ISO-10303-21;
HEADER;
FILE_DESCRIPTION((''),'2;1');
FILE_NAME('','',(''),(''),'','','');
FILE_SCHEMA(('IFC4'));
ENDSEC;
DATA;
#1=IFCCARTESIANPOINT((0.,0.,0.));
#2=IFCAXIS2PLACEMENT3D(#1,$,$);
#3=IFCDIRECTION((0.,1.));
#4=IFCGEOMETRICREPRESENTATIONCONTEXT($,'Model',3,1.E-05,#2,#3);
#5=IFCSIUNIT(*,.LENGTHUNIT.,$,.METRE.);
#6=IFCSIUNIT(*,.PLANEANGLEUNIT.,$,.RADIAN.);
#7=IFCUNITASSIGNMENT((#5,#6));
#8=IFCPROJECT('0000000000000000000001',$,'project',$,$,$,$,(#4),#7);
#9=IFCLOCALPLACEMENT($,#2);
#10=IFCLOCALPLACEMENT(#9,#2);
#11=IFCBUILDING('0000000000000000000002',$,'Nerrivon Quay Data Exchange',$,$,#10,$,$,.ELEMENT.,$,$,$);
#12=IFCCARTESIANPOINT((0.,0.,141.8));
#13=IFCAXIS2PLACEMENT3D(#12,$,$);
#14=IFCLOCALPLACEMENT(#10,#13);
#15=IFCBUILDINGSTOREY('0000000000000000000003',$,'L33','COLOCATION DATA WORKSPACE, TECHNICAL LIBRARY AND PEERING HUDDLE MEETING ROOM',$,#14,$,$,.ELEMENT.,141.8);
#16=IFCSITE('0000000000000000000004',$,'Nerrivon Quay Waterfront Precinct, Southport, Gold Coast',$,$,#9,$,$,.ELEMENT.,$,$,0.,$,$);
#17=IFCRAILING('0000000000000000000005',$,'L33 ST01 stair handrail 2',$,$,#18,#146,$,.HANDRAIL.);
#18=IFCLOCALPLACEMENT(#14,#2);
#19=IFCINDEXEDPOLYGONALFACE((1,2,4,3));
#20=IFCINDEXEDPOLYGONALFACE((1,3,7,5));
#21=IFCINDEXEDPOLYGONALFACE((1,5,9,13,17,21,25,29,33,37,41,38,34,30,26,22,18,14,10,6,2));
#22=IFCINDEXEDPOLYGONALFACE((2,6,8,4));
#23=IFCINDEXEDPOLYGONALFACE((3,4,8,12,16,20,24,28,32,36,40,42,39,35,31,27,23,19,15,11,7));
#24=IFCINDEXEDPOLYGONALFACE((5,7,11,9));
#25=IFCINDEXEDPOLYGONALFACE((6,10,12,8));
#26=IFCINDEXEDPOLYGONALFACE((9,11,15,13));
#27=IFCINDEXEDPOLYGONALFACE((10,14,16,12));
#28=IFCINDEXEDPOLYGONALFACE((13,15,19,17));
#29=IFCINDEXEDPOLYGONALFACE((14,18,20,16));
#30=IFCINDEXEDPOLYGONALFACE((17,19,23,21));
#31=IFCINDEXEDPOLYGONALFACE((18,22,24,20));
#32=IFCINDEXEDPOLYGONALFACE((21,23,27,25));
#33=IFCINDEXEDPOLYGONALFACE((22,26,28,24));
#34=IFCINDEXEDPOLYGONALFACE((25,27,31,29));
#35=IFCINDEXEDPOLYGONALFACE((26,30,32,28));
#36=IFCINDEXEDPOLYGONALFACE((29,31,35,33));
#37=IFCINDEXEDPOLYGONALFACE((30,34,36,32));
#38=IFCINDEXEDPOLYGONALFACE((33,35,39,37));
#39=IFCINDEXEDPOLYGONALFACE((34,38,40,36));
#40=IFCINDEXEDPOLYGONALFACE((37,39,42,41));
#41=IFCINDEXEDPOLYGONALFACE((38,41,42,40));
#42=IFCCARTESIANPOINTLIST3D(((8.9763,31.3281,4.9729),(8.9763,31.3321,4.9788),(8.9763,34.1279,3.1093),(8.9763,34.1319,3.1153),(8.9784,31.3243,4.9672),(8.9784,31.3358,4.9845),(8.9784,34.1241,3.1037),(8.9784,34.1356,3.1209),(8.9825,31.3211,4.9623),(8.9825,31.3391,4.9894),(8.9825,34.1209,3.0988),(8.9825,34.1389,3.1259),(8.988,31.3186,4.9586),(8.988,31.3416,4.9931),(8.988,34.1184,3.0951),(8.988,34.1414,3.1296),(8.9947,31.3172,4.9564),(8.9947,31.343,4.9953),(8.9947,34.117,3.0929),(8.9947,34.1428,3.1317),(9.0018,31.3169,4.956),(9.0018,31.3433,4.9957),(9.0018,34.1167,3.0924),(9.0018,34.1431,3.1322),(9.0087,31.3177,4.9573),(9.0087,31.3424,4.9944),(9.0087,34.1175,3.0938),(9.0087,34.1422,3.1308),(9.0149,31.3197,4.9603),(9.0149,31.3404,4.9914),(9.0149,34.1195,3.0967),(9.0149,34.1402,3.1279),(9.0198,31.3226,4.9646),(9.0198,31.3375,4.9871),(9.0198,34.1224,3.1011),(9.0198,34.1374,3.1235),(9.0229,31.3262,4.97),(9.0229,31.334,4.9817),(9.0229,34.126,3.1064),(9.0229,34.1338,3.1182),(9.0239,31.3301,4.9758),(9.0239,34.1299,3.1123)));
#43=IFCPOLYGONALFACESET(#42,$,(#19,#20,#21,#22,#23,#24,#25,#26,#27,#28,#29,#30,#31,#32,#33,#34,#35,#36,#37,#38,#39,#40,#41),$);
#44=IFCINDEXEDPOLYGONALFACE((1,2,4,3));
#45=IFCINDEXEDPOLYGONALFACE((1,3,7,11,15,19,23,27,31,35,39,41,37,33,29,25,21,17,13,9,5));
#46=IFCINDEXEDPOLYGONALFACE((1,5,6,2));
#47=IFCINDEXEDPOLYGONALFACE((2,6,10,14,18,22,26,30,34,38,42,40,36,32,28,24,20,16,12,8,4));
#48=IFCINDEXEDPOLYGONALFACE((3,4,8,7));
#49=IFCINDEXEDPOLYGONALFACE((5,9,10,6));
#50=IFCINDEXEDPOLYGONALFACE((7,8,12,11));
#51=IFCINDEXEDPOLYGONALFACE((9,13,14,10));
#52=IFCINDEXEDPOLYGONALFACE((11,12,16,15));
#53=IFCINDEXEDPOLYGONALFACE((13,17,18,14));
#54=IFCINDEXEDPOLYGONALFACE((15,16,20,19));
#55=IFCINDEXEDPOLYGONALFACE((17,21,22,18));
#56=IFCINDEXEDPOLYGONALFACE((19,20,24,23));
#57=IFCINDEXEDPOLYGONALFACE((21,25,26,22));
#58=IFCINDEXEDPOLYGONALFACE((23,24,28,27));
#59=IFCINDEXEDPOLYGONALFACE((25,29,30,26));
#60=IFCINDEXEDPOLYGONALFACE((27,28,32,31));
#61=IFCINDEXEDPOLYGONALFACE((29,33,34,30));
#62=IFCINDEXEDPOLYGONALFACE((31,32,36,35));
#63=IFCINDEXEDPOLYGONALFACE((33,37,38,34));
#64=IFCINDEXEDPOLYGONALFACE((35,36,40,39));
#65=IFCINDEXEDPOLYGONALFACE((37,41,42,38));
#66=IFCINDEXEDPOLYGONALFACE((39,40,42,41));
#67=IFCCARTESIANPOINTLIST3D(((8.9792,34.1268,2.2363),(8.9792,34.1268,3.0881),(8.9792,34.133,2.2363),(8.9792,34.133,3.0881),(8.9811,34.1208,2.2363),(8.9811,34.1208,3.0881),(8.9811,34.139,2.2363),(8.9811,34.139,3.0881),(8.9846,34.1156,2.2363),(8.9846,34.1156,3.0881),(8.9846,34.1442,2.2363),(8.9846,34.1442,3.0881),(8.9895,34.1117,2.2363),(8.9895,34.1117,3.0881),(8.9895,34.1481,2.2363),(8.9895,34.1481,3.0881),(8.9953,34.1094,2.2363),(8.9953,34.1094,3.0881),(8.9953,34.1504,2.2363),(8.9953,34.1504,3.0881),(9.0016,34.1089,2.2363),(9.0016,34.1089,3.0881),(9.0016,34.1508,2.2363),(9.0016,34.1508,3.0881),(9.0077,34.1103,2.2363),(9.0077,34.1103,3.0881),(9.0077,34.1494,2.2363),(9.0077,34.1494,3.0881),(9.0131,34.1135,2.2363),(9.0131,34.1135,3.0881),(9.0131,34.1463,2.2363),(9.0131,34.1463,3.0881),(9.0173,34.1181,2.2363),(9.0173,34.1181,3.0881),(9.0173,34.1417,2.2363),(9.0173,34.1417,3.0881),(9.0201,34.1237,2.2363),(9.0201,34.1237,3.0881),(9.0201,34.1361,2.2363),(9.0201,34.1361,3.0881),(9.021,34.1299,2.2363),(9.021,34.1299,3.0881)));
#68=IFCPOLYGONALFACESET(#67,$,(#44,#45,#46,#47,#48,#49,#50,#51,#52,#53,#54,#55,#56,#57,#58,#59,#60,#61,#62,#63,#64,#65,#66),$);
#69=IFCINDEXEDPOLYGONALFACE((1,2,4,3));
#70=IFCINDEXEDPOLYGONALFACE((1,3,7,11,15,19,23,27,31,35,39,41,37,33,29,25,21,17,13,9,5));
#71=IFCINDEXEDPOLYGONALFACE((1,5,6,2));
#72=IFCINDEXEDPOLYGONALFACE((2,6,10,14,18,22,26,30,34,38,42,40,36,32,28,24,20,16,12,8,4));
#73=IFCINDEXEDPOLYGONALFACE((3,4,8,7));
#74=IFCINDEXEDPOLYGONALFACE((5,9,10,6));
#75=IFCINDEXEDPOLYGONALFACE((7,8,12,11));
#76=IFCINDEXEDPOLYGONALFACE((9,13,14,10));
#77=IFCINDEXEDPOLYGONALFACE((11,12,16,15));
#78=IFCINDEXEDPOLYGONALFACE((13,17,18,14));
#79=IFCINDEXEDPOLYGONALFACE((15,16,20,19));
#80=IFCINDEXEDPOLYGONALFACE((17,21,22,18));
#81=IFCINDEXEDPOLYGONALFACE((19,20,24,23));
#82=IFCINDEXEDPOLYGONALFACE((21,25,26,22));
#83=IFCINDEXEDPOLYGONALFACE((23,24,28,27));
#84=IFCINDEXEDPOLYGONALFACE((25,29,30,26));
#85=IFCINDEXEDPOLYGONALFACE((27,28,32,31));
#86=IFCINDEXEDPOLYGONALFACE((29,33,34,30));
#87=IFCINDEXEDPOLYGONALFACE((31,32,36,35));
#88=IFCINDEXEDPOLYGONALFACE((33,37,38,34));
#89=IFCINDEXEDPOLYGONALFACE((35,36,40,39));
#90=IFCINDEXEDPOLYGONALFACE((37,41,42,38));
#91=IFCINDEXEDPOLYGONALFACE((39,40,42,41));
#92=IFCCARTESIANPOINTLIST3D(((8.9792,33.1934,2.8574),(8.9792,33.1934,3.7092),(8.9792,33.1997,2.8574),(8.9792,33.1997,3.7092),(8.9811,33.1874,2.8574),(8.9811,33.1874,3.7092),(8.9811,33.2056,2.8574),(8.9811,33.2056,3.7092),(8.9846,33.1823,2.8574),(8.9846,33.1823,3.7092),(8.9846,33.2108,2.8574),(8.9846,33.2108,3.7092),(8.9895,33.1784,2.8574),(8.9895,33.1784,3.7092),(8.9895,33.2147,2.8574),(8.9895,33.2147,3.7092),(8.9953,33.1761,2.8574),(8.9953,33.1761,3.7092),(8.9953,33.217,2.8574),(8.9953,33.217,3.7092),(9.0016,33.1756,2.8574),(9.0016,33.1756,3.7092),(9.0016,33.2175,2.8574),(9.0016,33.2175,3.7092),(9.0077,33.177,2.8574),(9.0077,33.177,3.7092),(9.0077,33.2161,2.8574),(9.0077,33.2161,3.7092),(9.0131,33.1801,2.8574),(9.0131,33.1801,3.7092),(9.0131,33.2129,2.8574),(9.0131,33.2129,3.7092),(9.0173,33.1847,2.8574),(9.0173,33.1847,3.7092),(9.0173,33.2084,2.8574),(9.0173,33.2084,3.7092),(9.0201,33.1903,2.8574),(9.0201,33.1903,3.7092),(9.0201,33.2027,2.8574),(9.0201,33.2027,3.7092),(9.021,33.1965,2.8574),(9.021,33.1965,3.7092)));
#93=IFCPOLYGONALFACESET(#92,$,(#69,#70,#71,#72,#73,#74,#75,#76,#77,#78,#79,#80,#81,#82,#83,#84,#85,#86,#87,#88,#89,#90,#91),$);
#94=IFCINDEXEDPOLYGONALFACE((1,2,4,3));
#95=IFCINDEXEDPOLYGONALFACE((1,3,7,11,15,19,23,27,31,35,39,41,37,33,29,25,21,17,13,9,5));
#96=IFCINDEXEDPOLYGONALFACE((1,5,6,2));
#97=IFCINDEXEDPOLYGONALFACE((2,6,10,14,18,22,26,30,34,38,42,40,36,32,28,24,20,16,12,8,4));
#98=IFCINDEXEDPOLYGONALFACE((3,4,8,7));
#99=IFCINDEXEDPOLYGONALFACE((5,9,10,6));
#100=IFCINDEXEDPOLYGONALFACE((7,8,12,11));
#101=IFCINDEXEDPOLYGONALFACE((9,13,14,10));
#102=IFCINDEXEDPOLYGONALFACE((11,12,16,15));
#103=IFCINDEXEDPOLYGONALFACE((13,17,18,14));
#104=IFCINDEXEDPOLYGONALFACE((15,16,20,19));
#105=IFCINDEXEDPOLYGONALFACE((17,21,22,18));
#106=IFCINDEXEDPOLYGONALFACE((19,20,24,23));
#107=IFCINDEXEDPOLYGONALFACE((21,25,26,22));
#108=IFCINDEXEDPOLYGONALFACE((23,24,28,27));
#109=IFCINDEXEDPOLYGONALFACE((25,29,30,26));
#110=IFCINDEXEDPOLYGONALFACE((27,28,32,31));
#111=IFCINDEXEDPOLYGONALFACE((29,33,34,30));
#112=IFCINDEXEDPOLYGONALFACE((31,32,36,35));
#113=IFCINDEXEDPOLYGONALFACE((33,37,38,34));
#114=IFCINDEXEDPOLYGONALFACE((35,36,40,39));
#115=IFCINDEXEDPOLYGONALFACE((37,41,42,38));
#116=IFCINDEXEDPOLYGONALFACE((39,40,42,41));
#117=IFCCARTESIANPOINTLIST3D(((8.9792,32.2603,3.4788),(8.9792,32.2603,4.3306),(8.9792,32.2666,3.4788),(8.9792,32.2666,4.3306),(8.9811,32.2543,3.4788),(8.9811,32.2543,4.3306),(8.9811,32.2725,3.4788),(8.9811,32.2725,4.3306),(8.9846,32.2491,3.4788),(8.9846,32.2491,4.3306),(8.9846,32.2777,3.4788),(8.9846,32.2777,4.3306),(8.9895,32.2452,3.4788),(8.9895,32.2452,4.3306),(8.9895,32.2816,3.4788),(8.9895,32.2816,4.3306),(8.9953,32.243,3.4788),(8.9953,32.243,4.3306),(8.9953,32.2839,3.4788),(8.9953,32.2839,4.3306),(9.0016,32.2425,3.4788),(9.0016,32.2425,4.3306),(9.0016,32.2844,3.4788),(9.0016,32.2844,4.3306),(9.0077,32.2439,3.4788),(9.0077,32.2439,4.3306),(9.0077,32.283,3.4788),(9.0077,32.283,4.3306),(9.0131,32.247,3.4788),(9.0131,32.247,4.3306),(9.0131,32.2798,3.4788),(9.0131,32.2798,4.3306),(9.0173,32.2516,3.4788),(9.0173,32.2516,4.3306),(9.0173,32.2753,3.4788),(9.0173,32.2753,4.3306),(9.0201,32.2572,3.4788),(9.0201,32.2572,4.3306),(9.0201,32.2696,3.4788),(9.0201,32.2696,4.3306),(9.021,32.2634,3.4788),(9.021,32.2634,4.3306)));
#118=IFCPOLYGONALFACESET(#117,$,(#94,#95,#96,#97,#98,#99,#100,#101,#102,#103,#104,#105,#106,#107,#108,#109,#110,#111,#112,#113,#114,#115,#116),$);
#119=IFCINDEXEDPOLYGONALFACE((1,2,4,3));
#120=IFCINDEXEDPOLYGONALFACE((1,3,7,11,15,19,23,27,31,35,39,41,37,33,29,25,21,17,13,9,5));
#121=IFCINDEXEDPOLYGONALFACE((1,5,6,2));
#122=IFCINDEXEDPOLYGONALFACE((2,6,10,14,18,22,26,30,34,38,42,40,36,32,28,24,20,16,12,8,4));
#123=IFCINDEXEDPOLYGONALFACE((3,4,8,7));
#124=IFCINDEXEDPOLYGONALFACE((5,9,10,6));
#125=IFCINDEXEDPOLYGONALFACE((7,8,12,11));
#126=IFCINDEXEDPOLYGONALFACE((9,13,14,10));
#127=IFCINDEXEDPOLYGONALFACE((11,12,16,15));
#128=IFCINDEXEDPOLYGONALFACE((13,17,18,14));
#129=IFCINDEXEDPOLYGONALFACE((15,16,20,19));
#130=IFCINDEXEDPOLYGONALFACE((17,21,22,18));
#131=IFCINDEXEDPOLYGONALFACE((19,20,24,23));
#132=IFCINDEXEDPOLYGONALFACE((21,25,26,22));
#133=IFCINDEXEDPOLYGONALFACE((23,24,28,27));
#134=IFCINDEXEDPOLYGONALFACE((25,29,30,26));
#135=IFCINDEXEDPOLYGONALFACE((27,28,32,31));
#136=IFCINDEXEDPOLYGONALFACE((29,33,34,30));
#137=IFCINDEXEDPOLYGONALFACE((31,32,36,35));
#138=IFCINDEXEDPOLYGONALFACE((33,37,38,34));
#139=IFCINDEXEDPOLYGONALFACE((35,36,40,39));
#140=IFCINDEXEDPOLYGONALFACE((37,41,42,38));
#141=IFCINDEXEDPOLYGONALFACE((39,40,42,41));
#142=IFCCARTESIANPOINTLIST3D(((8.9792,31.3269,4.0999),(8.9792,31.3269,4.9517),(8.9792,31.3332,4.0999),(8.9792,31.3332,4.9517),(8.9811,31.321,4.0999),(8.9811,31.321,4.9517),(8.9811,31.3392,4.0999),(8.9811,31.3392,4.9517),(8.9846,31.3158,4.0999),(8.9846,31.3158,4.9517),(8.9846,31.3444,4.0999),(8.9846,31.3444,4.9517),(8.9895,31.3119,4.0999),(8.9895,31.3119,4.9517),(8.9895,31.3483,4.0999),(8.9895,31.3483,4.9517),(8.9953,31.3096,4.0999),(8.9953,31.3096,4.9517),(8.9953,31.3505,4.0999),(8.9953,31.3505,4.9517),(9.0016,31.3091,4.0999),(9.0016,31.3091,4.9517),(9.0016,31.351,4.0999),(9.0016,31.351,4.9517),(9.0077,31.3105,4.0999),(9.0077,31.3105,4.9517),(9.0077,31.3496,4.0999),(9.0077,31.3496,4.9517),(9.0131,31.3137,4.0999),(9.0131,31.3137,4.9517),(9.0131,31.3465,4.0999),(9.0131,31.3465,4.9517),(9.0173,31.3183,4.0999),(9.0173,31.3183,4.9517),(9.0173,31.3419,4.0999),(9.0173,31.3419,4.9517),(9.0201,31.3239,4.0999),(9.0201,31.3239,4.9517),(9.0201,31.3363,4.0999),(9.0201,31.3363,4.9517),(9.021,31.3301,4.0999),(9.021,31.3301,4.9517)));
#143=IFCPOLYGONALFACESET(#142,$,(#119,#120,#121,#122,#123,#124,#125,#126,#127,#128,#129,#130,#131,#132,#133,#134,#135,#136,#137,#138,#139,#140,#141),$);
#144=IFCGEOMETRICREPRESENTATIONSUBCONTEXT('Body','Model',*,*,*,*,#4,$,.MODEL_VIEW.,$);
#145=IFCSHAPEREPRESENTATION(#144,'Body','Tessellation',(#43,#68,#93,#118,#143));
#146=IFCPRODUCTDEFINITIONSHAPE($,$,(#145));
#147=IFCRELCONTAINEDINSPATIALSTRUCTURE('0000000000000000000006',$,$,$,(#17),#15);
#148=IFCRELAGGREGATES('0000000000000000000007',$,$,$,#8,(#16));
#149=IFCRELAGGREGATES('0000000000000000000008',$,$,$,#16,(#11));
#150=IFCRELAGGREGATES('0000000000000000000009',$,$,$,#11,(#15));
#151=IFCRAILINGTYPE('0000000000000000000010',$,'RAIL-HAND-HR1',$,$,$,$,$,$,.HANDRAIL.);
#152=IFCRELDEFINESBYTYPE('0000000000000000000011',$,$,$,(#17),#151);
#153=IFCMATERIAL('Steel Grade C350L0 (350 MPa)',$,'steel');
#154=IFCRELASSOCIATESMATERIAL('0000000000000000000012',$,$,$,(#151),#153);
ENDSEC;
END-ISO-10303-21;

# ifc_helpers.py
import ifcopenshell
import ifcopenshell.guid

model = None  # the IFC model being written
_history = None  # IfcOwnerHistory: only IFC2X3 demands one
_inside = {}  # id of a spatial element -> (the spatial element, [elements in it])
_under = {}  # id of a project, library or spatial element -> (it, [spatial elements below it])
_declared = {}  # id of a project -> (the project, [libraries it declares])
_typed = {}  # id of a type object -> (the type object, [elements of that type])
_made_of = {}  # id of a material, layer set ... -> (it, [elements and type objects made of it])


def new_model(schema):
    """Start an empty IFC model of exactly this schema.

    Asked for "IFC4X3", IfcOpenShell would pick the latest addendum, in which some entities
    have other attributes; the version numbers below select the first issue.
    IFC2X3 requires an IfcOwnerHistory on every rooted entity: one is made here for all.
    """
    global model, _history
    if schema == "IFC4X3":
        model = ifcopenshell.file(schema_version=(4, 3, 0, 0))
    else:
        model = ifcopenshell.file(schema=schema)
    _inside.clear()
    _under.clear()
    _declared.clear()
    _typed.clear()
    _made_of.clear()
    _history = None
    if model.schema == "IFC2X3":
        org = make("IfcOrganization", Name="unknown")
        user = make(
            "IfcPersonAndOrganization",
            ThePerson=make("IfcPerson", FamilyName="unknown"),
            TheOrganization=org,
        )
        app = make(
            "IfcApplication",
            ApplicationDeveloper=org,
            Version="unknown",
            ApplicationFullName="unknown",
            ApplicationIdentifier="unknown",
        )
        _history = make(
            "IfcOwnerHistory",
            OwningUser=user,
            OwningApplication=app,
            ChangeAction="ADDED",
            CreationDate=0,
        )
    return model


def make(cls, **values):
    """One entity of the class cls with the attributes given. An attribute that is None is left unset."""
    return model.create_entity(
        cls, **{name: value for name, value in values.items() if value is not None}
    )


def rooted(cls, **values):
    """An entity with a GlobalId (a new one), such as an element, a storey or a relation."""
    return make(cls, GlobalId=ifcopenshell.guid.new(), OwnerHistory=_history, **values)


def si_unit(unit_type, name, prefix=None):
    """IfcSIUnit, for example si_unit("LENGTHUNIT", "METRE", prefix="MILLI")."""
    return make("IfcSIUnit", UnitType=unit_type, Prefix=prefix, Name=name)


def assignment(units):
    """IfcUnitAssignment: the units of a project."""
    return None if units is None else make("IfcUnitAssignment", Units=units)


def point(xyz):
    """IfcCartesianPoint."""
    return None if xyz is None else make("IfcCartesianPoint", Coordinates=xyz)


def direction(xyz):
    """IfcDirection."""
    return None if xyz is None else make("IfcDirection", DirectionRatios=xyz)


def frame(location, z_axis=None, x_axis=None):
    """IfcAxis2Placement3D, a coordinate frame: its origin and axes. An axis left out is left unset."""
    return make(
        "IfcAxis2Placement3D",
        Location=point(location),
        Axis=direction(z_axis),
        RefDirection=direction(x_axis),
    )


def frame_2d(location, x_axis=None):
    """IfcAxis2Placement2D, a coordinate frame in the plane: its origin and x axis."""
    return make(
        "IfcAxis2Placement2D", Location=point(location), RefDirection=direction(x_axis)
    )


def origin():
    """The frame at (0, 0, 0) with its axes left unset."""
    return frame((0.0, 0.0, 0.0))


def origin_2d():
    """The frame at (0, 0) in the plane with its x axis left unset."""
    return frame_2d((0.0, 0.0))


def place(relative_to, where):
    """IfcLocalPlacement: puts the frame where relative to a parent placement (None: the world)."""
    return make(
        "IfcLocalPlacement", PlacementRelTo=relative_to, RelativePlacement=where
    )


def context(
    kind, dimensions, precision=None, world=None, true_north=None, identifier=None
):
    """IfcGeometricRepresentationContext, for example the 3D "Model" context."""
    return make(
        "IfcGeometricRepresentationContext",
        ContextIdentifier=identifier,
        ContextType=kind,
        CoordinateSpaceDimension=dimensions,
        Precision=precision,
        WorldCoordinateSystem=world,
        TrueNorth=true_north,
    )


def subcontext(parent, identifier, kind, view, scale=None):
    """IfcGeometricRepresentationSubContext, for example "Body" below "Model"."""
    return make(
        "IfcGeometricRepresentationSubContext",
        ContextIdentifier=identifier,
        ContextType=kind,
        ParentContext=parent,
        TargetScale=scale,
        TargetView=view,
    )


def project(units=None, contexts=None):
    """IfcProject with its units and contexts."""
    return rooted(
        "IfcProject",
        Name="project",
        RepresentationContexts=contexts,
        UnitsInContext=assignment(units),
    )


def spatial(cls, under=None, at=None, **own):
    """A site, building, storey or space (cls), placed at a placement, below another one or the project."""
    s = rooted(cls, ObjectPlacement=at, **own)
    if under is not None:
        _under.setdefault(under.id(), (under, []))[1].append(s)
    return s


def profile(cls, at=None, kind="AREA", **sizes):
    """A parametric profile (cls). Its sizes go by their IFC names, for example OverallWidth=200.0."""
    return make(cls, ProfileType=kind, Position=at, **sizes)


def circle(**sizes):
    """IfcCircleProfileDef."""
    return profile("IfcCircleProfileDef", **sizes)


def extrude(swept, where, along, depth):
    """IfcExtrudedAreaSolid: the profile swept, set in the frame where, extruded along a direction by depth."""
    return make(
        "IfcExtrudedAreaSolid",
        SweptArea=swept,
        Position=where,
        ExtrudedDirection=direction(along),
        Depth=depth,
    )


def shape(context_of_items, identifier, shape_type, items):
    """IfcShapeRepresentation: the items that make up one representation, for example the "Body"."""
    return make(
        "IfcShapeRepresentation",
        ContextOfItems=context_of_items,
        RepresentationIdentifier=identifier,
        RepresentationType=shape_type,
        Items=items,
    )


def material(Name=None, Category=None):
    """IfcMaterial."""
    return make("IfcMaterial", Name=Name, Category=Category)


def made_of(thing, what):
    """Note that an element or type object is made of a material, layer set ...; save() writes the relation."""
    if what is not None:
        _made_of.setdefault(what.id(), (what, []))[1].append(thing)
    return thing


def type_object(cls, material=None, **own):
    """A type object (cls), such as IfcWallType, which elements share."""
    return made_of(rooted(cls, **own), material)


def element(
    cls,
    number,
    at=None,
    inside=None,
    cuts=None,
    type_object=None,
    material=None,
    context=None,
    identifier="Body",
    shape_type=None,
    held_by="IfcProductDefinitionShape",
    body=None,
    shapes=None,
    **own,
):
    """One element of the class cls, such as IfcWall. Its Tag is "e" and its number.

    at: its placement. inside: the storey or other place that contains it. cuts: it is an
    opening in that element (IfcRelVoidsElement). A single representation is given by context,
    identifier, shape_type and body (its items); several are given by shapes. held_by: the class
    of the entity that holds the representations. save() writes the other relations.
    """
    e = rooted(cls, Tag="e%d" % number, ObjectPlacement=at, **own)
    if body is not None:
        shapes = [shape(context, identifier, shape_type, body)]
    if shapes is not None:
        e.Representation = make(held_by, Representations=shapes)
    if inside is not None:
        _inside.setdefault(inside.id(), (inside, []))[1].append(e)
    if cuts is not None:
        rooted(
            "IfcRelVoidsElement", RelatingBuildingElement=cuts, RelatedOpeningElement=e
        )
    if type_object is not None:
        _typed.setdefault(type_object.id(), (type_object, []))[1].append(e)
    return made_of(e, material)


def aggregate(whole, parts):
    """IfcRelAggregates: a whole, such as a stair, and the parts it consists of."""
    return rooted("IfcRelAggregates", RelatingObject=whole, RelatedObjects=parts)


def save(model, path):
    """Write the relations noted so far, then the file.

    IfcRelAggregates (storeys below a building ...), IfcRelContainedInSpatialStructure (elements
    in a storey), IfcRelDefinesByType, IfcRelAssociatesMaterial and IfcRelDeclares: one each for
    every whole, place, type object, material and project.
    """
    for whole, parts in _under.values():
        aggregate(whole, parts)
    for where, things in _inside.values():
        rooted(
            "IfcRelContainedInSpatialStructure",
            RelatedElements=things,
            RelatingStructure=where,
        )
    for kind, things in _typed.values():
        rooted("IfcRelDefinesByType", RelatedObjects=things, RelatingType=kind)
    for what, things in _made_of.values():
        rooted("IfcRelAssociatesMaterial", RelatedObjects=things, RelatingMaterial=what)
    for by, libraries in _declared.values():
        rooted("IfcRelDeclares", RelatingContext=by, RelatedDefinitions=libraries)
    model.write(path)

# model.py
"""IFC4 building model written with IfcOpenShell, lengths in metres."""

from ifc_helpers import new_model, si_unit, direction, frame, origin, origin_2d, place, context, subcontext, project, spatial, circle, extrude, material, type_object, element, save


model = new_model("IFC4")

# Units and contexts
model_context = context("Model", 3, precision=1e-05, world=origin(), true_north=direction((0.0, 1.0)))
body_context = subcontext(model_context, "Body", "Model", "MODEL_VIEW")
ifc_project = project(units=[si_unit("LENGTHUNIT", "METRE"), si_unit("PLANEANGLEUNIT", "RADIAN")], contexts=[model_context])

# Site, building, storey
site_placement = place(None, origin())
site = spatial("IfcSite", under=ifc_project, at=site_placement, Name="Nerrivon Quay Waterfront Precinct, Southport, Gold Coast", CompositionType="ELEMENT", RefElevation=0.0)
building_placement = place(site_placement, origin())
building = spatial("IfcBuilding", under=site, at=building_placement, Name="Nerrivon Quay Data Exchange", CompositionType="ELEMENT")
storey_placement = place(building_placement, frame((0.0, 0.0, 141.8)))
storey = spatial("IfcBuildingStorey", under=building, at=storey_placement, Name="L33", Description="COLOCATION DATA WORKSPACE, TECHNICAL LIBRARY AND PEERING HUDDLE MEETING ROOM", CompositionType="ELEMENT", Elevation=141.8)

# Railing
ifc_material_1 = material(Name="Steel Grade C350L0 (350 MPa)", Category="steel")
railing_type_1 = type_object("IfcRailingType", Name="RAIL-HAND-HR1", PredefinedType="HANDRAIL", material=ifc_material_1)
railing_1_placement = place(storey_placement, frame((9.0, 34.1299, 2.2363)))
element("IfcRailing", 1, at=railing_1_placement, inside=storey, type_object=railing_type_1, Name="L33 ST01 stair handrail 2", PredefinedType="HANDRAIL", context=body_context, shape_type="SweptSolid", body=[
    extrude(circle(Radius=0.0239, at=origin_2d()), frame((0.0, 0.0, 0.876), z_axis=(0.0, -0.832463, 0.55408), x_axis=(1.0, 0.0, 0.0)), (0.0, 0.0, 1.0), 3.3633),
    extrude(circle(Radius=0.021, at=origin_2d()), origin(), (0.0, 0.0, 1.0), 0.8518),
    extrude(circle(Radius=0.021, at=origin_2d()), frame((0.0, -0.9333, 0.6211)), (0.0, 0.0, 1.0), 0.8518),
    extrude(circle(Radius=0.021, at=origin_2d()), frame((0.0, -1.8665, 1.2424)), (0.0, 0.0, 1.0), 0.8518),
    extrude(circle(Radius=0.021, at=origin_2d()), frame((0.0, -2.7998, 1.8635)), (0.0, 0.0, 1.0), 0.8518),
])

save(model, "model.ifc")
